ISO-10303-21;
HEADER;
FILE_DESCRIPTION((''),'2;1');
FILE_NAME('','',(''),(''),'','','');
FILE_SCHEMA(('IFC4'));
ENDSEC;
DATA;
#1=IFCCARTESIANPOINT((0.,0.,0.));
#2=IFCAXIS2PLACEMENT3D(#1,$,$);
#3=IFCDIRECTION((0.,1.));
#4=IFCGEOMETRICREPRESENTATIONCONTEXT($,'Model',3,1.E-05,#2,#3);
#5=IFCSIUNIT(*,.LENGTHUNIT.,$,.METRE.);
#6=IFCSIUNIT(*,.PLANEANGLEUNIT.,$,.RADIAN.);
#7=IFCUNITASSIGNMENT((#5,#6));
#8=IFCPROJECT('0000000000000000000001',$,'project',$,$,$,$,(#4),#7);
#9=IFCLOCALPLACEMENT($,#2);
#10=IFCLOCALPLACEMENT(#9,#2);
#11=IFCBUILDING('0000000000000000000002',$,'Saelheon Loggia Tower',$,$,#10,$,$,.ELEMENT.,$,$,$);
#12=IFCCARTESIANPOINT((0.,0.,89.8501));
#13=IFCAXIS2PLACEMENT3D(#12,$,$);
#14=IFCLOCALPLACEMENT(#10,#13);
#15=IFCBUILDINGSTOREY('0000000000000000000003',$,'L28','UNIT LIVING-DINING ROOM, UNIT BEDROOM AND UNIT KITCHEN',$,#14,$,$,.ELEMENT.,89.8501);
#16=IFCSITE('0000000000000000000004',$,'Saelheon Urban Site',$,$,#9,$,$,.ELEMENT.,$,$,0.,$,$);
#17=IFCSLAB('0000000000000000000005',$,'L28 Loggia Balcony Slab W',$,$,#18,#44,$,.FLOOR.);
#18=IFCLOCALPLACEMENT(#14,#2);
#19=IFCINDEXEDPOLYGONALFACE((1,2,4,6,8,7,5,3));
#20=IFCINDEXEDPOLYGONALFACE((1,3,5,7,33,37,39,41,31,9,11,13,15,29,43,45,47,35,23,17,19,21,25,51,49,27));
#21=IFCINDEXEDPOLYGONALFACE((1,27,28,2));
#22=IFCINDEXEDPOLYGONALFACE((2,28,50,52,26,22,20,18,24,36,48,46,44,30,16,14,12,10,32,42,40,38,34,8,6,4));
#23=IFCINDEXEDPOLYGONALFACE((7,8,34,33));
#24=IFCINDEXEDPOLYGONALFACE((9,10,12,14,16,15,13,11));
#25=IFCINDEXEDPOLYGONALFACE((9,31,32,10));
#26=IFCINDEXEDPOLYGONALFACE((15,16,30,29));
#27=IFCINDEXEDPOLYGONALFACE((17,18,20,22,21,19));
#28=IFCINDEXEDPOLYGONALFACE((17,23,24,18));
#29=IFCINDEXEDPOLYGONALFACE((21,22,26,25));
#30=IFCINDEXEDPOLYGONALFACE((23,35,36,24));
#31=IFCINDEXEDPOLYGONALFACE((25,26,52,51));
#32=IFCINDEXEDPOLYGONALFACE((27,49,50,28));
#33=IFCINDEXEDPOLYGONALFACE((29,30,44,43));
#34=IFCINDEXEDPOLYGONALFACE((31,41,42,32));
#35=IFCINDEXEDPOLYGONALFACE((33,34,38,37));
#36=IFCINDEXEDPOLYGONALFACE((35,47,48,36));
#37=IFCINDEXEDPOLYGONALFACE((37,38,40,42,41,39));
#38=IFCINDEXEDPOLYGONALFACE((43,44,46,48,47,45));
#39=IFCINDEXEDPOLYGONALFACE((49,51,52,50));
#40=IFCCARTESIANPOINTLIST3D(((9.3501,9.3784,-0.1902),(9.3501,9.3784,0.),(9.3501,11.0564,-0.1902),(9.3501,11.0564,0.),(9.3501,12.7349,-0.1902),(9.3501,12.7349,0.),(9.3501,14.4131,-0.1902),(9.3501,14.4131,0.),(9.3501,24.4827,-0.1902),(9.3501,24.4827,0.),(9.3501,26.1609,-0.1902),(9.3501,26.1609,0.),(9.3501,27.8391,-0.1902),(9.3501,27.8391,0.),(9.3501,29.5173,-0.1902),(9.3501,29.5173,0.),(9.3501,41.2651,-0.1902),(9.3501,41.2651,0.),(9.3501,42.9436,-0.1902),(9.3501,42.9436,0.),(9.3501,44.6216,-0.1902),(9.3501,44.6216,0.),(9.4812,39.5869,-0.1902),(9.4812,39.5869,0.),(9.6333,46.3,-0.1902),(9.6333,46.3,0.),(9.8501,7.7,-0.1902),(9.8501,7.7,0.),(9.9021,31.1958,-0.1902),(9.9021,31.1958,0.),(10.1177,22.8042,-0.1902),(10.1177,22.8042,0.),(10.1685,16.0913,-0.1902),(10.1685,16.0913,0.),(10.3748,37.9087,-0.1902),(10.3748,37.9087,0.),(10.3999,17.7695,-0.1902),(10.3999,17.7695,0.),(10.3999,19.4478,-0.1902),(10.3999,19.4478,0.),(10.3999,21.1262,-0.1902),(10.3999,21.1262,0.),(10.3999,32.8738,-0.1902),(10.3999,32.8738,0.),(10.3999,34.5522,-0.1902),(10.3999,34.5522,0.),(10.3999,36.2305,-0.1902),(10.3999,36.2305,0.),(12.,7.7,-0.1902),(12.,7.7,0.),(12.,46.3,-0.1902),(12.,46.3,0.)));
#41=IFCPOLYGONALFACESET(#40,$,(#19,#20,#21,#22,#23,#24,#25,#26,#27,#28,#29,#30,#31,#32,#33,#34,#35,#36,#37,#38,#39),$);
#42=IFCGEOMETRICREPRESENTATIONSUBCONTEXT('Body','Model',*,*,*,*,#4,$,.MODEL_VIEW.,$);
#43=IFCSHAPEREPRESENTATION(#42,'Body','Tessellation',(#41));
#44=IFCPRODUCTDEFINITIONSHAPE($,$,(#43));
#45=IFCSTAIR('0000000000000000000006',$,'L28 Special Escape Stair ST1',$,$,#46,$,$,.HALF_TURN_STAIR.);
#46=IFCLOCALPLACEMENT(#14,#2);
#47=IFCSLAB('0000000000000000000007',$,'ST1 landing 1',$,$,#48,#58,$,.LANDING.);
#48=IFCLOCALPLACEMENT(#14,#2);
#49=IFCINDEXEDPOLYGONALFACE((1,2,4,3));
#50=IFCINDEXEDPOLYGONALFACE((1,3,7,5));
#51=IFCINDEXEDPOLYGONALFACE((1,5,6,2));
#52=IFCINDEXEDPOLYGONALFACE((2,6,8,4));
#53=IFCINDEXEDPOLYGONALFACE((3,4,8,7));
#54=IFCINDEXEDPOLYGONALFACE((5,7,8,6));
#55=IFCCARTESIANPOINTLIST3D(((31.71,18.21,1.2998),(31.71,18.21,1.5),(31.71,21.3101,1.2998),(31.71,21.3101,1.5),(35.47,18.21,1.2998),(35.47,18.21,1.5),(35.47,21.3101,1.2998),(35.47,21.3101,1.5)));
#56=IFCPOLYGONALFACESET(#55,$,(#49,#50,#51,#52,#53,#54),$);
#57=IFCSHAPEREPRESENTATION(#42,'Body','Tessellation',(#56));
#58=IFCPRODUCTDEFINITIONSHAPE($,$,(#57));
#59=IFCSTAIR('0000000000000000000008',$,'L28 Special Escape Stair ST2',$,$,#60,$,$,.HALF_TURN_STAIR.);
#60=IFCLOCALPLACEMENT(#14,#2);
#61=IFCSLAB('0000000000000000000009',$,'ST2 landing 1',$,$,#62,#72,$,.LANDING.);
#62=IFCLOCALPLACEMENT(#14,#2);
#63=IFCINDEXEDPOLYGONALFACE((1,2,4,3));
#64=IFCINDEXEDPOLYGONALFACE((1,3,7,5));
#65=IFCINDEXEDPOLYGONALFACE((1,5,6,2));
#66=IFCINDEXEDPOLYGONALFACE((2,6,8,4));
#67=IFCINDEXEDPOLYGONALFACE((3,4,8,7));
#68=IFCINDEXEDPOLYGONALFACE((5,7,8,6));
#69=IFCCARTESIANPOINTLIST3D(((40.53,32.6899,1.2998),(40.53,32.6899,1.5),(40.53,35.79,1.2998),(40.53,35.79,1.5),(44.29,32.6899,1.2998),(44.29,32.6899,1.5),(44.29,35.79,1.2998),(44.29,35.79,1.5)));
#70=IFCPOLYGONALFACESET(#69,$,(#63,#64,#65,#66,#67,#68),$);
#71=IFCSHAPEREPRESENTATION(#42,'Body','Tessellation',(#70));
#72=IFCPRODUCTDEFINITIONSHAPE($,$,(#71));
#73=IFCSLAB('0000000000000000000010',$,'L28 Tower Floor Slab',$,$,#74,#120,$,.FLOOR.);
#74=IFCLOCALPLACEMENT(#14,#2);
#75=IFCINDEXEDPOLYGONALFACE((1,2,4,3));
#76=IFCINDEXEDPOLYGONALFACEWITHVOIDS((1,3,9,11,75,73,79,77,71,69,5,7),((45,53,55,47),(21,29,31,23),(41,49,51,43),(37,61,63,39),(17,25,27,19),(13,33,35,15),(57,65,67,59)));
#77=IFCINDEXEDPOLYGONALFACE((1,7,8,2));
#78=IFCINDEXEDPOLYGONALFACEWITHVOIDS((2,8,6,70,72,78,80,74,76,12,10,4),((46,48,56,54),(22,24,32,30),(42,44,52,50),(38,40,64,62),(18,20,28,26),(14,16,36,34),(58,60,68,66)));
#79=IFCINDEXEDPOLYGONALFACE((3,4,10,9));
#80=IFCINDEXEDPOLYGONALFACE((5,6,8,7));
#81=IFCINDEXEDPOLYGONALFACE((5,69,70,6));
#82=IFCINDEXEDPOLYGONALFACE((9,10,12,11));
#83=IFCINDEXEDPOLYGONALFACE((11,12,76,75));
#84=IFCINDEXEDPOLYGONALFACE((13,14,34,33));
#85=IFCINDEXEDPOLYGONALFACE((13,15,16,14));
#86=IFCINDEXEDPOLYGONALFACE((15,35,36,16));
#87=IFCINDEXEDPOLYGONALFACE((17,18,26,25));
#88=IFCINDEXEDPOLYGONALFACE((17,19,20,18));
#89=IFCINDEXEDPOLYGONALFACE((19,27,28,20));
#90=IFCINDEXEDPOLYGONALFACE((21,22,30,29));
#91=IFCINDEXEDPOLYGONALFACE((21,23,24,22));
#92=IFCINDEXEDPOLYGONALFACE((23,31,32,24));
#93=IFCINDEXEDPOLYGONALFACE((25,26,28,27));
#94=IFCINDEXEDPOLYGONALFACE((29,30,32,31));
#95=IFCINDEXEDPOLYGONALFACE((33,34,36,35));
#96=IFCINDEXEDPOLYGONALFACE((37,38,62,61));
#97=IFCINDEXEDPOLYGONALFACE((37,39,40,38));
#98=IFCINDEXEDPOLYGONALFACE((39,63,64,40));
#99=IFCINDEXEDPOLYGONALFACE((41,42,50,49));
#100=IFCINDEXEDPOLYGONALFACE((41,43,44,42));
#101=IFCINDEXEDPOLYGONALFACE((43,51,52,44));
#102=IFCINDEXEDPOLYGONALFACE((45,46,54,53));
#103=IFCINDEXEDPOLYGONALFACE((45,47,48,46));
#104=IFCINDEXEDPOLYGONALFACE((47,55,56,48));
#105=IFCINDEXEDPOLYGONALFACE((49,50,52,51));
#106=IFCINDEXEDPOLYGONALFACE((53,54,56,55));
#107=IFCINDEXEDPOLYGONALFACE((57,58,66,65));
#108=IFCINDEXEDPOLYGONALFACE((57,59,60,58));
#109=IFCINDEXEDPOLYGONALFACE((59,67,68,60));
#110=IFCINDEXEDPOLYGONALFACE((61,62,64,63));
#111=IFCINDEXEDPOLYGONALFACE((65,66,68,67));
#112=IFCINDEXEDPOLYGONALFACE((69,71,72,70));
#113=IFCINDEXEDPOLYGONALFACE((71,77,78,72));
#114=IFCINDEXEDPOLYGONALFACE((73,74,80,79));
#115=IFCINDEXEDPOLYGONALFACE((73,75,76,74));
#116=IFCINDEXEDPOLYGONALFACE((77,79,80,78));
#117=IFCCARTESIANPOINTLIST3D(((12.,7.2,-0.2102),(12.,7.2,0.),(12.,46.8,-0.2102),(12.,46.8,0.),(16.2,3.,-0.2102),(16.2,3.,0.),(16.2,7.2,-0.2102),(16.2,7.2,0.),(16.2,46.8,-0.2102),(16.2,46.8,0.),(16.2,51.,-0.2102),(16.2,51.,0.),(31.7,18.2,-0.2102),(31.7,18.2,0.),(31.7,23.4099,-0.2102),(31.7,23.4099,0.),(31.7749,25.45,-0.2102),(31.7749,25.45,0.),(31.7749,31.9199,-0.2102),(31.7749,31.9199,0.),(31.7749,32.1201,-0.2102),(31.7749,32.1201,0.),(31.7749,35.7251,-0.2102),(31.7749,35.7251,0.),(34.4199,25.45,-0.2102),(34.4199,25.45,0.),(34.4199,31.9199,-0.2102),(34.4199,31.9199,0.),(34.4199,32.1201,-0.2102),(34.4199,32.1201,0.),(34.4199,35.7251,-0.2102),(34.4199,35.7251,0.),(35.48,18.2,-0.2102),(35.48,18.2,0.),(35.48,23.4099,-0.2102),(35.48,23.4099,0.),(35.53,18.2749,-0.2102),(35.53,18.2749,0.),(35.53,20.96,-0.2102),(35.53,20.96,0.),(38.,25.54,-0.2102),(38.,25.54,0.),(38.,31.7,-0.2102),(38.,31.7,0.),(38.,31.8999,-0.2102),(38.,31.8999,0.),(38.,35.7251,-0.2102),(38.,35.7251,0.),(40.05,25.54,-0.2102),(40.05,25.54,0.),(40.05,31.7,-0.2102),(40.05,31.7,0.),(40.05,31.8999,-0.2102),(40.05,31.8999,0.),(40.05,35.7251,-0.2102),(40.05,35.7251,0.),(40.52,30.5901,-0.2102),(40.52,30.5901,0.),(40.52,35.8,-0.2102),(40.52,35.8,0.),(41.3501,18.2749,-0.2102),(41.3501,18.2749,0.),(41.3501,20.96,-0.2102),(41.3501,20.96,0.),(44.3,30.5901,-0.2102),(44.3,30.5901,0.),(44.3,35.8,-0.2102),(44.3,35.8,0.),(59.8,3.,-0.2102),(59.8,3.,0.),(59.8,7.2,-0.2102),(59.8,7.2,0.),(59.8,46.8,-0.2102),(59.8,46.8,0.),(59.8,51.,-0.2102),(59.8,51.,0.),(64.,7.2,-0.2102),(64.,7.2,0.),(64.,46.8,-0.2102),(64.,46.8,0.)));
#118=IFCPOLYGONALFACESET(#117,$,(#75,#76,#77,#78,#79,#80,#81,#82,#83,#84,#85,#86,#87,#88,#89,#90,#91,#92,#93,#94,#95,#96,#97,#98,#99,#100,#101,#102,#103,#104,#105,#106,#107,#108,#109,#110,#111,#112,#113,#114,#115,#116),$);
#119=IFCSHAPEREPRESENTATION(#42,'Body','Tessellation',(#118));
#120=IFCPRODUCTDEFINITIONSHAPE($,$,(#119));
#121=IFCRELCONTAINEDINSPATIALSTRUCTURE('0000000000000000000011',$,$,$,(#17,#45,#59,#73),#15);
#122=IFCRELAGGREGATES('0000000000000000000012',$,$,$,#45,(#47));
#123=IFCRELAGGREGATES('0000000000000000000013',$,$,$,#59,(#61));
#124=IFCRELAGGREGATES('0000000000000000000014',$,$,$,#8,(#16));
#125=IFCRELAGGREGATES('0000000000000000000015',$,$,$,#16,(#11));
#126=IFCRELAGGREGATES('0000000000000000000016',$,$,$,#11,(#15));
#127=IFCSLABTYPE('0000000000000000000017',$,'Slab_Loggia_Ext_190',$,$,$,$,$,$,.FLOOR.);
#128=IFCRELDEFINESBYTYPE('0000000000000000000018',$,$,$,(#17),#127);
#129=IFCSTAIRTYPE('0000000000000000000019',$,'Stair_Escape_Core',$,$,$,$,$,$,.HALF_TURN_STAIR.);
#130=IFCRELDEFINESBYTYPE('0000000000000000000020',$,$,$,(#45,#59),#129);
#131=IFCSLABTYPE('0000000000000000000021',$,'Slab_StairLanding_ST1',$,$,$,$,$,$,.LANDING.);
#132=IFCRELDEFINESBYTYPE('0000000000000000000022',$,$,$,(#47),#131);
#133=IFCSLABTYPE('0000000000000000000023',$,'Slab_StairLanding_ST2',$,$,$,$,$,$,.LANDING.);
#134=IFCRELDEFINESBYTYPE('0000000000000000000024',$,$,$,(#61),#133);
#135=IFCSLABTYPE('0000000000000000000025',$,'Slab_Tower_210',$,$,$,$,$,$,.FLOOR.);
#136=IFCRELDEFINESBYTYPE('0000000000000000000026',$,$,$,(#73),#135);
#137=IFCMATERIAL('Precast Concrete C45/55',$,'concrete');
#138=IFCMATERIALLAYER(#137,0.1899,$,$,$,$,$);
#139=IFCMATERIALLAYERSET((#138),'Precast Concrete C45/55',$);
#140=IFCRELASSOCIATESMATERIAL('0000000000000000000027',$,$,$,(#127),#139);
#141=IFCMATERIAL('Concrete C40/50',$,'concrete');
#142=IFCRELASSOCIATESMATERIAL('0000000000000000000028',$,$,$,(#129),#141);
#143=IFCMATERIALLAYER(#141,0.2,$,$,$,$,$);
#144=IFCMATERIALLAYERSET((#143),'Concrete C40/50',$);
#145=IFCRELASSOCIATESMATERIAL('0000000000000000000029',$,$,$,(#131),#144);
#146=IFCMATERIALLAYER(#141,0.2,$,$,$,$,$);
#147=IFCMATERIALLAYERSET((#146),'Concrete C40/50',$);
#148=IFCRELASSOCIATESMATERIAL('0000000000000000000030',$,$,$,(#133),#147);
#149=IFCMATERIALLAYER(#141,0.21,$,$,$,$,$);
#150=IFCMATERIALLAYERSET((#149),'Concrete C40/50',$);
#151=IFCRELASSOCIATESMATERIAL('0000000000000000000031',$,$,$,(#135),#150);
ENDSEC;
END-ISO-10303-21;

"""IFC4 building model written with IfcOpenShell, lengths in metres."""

from ifc_helpers import new_model, si_unit, direction, frame, origin, place, context, subcontext, project, spatial, polyline, outline, extrude, material, layer, layer_set, type_object, element, aggregate, save


model = new_model("IFC4")

# Units and contexts
model_context = context("Model", 3, precision=1e-05, world=origin(), true_north=direction((0.0, 1.0)))
body_context = subcontext(model_context, "Body", "Model", "MODEL_VIEW")
ifc_project = project(units=[si_unit("LENGTHUNIT", "METRE"), si_unit("PLANEANGLEUNIT", "RADIAN")], contexts=[model_context])

# Site, building, storey
site_placement = place(None, origin())
site = spatial("IfcSite", under=ifc_project, at=site_placement, Name="Saelheon Urban Site", CompositionType="ELEMENT", RefElevation=0.0)
building_placement = place(site_placement, origin())
building = spatial("IfcBuilding", under=site, at=building_placement, Name="Saelheon Loggia Tower", CompositionType="ELEMENT")
storey_placement = place(building_placement, frame((0.0, 0.0, 89.8501)))
storey = spatial("IfcBuildingStorey", under=building, at=storey_placement, Name="L28", Description="UNIT LIVING-DINING ROOM, UNIT BEDROOM AND UNIT KITCHEN", CompositionType="ELEMENT", Elevation=89.8501)

# Shared definitions
ifc_material_1 = material(Name="Concrete C40/50", Category="concrete")

# Slab
ifc_material_2 = material(Name="Precast Concrete C45/55", Category="concrete")
ifc_layer_1 = layer(ifc_material_2, 0.1899)
ifc_layer_set_1 = layer_set([ifc_layer_1], Name="Precast Concrete C45/55")
slab_type_1 = type_object("IfcSlabType", Name="Slab_Loggia_Ext_190", PredefinedType="FLOOR", material=ifc_layer_set_1)
slab_1_placement = place(storey_placement, frame((0.0, 0.0, -0.1902)))
element("IfcSlab", 1, at=slab_1_placement, inside=storey, type_object=slab_type_1, Name="L28 Loggia Balcony Slab W", PredefinedType="FLOOR", context=body_context, shape_type="SweptSolid", body=[
    extrude(outline(polyline([(12.0, 7.7), (12.0, 46.3), (9.6333, 46.3), (9.3501, 44.6216), (9.3501, 42.9436), (9.3501, 41.2651), (9.4812, 39.5869), (10.3748, 37.9087), (10.3999, 36.2305), (10.3999, 34.5522), (10.3999, 32.8738), (9.9021, 31.1958), (9.3501, 29.5173), (9.3501, 27.8391), (9.3501, 26.1609), (9.3501, 24.4827), (10.1177, 22.8042), (10.3999, 21.1262), (10.3999, 19.4478), (10.3999, 17.7695), (10.1685, 16.0913), (9.3501, 14.4131), (9.3501, 12.7349), (9.3501, 11.0564), (9.3501, 9.3784), (9.8501, 7.7), (12.0, 7.7)])), origin(), (0.0, 0.0, 1.0), 0.1902),
])

# Stairs, slabs
stair_type = type_object("IfcStairType", Name="Stair_Escape_Core", PredefinedType="HALF_TURN_STAIR", material=ifc_material_1)
stair_1_placement = place(storey_placement, origin())
stair_1 = element("IfcStair", 2, at=stair_1_placement, inside=storey, type_object=stair_type, Name="L28 Special Escape Stair ST1", PredefinedType="HALF_TURN_STAIR")
ifc_layer_2 = layer(ifc_material_1, 0.2)
ifc_layer_set_2 = layer_set([ifc_layer_2], Name="Concrete C40/50")
slab_type_2 = type_object("IfcSlabType", Name="Slab_StairLanding_ST1", PredefinedType="LANDING", material=ifc_layer_set_2)
slab_2_placement = place(storey_placement, frame((0.0, 0.0, 1.2998)))
slab_2 = element("IfcSlab", 3, at=slab_2_placement, type_object=slab_type_2, Name="ST1 landing 1", PredefinedType="LANDING", context=body_context, shape_type="SweptSolid", body=[
    extrude(outline(polyline([(31.71, 21.3101), (31.71, 18.21), (35.47, 18.21), (35.47, 21.3101), (31.71, 21.3101)])), origin(), (0.0, 0.0, 1.0), 0.2002),
])
aggregate(stair_1, [slab_2])
stair_2_placement = place(storey_placement, origin())
stair_2 = element("IfcStair", 4, at=stair_2_placement, inside=storey, type_object=stair_type, Name="L28 Special Escape Stair ST2", PredefinedType="HALF_TURN_STAIR")
ifc_layer_3 = layer(ifc_material_1, 0.2)
ifc_layer_set_3 = layer_set([ifc_layer_3], Name="Concrete C40/50")
slab_type_3 = type_object("IfcSlabType", Name="Slab_StairLanding_ST2", PredefinedType="LANDING", material=ifc_layer_set_3)
slab_3_placement = place(storey_placement, frame((0.0, 0.0, 1.2998)))
slab_3 = element("IfcSlab", 5, at=slab_3_placement, type_object=slab_type_3, Name="ST2 landing 1", PredefinedType="LANDING", context=body_context, shape_type="SweptSolid", body=[
    extrude(outline(polyline([(44.29, 32.6899), (44.29, 35.79), (40.53, 35.79), (40.53, 32.6899), (44.29, 32.6899)])), origin(), (0.0, 0.0, 1.0), 0.2002),
])
aggregate(stair_2, [slab_3])

# Slab
ifc_layer_4 = layer(ifc_material_1, 0.21)
ifc_layer_set_4 = layer_set([ifc_layer_4], Name="Concrete C40/50")
slab_type_4 = type_object("IfcSlabType", Name="Slab_Tower_210", PredefinedType="FLOOR", material=ifc_layer_set_4)
slab_4_placement = place(storey_placement, frame((0.0, 0.0, -0.2102)))
element("IfcSlab", 6, at=slab_4_placement, inside=storey, type_object=slab_type_4, Name="L28 Tower Floor Slab", PredefinedType="FLOOR", context=body_context, shape_type="SweptSolid", body=[
    extrude(outline(polyline([(16.2, 3.0), (59.8, 3.0), (59.8, 7.2), (64.0, 7.2), (64.0, 46.8), (59.8, 46.8), (59.8, 51.0), (16.2, 51.0), (16.2, 46.8), (12.0, 46.8), (12.0, 7.2), (16.2, 7.2), (16.2, 3.0)]), holes=[polyline([(31.7, 23.4099), (31.7, 18.2), (35.48, 18.2), (35.48, 23.4099), (31.7, 23.4099)]), polyline([(44.3, 30.5901), (44.3, 35.8), (40.52, 35.8), (40.52, 30.5901), (44.3, 30.5901)]), polyline([(35.53, 18.2749), (41.3501, 18.2749), (41.3501, 20.96), (35.53, 20.96), (35.53, 18.2749)]), polyline([(31.7749, 32.1201), (34.4199, 32.1201), (34.4199, 35.7251), (31.7749, 35.7251), (31.7749, 32.1201)]), polyline([(38.0, 31.8999), (40.05, 31.8999), (40.05, 35.7251), (38.0, 35.7251), (38.0, 31.8999)]), polyline([(31.7749, 25.45), (34.4199, 25.45), (34.4199, 31.9199), (31.7749, 31.9199), (31.7749, 25.45)]), polyline([(38.0, 25.54), (40.05, 25.54), (40.05, 31.7), (38.0, 31.7), (38.0, 25.54)])]), origin(), (0.0, 0.0, 1.0), 0.2102),
])

save(model, "model.ifc")
